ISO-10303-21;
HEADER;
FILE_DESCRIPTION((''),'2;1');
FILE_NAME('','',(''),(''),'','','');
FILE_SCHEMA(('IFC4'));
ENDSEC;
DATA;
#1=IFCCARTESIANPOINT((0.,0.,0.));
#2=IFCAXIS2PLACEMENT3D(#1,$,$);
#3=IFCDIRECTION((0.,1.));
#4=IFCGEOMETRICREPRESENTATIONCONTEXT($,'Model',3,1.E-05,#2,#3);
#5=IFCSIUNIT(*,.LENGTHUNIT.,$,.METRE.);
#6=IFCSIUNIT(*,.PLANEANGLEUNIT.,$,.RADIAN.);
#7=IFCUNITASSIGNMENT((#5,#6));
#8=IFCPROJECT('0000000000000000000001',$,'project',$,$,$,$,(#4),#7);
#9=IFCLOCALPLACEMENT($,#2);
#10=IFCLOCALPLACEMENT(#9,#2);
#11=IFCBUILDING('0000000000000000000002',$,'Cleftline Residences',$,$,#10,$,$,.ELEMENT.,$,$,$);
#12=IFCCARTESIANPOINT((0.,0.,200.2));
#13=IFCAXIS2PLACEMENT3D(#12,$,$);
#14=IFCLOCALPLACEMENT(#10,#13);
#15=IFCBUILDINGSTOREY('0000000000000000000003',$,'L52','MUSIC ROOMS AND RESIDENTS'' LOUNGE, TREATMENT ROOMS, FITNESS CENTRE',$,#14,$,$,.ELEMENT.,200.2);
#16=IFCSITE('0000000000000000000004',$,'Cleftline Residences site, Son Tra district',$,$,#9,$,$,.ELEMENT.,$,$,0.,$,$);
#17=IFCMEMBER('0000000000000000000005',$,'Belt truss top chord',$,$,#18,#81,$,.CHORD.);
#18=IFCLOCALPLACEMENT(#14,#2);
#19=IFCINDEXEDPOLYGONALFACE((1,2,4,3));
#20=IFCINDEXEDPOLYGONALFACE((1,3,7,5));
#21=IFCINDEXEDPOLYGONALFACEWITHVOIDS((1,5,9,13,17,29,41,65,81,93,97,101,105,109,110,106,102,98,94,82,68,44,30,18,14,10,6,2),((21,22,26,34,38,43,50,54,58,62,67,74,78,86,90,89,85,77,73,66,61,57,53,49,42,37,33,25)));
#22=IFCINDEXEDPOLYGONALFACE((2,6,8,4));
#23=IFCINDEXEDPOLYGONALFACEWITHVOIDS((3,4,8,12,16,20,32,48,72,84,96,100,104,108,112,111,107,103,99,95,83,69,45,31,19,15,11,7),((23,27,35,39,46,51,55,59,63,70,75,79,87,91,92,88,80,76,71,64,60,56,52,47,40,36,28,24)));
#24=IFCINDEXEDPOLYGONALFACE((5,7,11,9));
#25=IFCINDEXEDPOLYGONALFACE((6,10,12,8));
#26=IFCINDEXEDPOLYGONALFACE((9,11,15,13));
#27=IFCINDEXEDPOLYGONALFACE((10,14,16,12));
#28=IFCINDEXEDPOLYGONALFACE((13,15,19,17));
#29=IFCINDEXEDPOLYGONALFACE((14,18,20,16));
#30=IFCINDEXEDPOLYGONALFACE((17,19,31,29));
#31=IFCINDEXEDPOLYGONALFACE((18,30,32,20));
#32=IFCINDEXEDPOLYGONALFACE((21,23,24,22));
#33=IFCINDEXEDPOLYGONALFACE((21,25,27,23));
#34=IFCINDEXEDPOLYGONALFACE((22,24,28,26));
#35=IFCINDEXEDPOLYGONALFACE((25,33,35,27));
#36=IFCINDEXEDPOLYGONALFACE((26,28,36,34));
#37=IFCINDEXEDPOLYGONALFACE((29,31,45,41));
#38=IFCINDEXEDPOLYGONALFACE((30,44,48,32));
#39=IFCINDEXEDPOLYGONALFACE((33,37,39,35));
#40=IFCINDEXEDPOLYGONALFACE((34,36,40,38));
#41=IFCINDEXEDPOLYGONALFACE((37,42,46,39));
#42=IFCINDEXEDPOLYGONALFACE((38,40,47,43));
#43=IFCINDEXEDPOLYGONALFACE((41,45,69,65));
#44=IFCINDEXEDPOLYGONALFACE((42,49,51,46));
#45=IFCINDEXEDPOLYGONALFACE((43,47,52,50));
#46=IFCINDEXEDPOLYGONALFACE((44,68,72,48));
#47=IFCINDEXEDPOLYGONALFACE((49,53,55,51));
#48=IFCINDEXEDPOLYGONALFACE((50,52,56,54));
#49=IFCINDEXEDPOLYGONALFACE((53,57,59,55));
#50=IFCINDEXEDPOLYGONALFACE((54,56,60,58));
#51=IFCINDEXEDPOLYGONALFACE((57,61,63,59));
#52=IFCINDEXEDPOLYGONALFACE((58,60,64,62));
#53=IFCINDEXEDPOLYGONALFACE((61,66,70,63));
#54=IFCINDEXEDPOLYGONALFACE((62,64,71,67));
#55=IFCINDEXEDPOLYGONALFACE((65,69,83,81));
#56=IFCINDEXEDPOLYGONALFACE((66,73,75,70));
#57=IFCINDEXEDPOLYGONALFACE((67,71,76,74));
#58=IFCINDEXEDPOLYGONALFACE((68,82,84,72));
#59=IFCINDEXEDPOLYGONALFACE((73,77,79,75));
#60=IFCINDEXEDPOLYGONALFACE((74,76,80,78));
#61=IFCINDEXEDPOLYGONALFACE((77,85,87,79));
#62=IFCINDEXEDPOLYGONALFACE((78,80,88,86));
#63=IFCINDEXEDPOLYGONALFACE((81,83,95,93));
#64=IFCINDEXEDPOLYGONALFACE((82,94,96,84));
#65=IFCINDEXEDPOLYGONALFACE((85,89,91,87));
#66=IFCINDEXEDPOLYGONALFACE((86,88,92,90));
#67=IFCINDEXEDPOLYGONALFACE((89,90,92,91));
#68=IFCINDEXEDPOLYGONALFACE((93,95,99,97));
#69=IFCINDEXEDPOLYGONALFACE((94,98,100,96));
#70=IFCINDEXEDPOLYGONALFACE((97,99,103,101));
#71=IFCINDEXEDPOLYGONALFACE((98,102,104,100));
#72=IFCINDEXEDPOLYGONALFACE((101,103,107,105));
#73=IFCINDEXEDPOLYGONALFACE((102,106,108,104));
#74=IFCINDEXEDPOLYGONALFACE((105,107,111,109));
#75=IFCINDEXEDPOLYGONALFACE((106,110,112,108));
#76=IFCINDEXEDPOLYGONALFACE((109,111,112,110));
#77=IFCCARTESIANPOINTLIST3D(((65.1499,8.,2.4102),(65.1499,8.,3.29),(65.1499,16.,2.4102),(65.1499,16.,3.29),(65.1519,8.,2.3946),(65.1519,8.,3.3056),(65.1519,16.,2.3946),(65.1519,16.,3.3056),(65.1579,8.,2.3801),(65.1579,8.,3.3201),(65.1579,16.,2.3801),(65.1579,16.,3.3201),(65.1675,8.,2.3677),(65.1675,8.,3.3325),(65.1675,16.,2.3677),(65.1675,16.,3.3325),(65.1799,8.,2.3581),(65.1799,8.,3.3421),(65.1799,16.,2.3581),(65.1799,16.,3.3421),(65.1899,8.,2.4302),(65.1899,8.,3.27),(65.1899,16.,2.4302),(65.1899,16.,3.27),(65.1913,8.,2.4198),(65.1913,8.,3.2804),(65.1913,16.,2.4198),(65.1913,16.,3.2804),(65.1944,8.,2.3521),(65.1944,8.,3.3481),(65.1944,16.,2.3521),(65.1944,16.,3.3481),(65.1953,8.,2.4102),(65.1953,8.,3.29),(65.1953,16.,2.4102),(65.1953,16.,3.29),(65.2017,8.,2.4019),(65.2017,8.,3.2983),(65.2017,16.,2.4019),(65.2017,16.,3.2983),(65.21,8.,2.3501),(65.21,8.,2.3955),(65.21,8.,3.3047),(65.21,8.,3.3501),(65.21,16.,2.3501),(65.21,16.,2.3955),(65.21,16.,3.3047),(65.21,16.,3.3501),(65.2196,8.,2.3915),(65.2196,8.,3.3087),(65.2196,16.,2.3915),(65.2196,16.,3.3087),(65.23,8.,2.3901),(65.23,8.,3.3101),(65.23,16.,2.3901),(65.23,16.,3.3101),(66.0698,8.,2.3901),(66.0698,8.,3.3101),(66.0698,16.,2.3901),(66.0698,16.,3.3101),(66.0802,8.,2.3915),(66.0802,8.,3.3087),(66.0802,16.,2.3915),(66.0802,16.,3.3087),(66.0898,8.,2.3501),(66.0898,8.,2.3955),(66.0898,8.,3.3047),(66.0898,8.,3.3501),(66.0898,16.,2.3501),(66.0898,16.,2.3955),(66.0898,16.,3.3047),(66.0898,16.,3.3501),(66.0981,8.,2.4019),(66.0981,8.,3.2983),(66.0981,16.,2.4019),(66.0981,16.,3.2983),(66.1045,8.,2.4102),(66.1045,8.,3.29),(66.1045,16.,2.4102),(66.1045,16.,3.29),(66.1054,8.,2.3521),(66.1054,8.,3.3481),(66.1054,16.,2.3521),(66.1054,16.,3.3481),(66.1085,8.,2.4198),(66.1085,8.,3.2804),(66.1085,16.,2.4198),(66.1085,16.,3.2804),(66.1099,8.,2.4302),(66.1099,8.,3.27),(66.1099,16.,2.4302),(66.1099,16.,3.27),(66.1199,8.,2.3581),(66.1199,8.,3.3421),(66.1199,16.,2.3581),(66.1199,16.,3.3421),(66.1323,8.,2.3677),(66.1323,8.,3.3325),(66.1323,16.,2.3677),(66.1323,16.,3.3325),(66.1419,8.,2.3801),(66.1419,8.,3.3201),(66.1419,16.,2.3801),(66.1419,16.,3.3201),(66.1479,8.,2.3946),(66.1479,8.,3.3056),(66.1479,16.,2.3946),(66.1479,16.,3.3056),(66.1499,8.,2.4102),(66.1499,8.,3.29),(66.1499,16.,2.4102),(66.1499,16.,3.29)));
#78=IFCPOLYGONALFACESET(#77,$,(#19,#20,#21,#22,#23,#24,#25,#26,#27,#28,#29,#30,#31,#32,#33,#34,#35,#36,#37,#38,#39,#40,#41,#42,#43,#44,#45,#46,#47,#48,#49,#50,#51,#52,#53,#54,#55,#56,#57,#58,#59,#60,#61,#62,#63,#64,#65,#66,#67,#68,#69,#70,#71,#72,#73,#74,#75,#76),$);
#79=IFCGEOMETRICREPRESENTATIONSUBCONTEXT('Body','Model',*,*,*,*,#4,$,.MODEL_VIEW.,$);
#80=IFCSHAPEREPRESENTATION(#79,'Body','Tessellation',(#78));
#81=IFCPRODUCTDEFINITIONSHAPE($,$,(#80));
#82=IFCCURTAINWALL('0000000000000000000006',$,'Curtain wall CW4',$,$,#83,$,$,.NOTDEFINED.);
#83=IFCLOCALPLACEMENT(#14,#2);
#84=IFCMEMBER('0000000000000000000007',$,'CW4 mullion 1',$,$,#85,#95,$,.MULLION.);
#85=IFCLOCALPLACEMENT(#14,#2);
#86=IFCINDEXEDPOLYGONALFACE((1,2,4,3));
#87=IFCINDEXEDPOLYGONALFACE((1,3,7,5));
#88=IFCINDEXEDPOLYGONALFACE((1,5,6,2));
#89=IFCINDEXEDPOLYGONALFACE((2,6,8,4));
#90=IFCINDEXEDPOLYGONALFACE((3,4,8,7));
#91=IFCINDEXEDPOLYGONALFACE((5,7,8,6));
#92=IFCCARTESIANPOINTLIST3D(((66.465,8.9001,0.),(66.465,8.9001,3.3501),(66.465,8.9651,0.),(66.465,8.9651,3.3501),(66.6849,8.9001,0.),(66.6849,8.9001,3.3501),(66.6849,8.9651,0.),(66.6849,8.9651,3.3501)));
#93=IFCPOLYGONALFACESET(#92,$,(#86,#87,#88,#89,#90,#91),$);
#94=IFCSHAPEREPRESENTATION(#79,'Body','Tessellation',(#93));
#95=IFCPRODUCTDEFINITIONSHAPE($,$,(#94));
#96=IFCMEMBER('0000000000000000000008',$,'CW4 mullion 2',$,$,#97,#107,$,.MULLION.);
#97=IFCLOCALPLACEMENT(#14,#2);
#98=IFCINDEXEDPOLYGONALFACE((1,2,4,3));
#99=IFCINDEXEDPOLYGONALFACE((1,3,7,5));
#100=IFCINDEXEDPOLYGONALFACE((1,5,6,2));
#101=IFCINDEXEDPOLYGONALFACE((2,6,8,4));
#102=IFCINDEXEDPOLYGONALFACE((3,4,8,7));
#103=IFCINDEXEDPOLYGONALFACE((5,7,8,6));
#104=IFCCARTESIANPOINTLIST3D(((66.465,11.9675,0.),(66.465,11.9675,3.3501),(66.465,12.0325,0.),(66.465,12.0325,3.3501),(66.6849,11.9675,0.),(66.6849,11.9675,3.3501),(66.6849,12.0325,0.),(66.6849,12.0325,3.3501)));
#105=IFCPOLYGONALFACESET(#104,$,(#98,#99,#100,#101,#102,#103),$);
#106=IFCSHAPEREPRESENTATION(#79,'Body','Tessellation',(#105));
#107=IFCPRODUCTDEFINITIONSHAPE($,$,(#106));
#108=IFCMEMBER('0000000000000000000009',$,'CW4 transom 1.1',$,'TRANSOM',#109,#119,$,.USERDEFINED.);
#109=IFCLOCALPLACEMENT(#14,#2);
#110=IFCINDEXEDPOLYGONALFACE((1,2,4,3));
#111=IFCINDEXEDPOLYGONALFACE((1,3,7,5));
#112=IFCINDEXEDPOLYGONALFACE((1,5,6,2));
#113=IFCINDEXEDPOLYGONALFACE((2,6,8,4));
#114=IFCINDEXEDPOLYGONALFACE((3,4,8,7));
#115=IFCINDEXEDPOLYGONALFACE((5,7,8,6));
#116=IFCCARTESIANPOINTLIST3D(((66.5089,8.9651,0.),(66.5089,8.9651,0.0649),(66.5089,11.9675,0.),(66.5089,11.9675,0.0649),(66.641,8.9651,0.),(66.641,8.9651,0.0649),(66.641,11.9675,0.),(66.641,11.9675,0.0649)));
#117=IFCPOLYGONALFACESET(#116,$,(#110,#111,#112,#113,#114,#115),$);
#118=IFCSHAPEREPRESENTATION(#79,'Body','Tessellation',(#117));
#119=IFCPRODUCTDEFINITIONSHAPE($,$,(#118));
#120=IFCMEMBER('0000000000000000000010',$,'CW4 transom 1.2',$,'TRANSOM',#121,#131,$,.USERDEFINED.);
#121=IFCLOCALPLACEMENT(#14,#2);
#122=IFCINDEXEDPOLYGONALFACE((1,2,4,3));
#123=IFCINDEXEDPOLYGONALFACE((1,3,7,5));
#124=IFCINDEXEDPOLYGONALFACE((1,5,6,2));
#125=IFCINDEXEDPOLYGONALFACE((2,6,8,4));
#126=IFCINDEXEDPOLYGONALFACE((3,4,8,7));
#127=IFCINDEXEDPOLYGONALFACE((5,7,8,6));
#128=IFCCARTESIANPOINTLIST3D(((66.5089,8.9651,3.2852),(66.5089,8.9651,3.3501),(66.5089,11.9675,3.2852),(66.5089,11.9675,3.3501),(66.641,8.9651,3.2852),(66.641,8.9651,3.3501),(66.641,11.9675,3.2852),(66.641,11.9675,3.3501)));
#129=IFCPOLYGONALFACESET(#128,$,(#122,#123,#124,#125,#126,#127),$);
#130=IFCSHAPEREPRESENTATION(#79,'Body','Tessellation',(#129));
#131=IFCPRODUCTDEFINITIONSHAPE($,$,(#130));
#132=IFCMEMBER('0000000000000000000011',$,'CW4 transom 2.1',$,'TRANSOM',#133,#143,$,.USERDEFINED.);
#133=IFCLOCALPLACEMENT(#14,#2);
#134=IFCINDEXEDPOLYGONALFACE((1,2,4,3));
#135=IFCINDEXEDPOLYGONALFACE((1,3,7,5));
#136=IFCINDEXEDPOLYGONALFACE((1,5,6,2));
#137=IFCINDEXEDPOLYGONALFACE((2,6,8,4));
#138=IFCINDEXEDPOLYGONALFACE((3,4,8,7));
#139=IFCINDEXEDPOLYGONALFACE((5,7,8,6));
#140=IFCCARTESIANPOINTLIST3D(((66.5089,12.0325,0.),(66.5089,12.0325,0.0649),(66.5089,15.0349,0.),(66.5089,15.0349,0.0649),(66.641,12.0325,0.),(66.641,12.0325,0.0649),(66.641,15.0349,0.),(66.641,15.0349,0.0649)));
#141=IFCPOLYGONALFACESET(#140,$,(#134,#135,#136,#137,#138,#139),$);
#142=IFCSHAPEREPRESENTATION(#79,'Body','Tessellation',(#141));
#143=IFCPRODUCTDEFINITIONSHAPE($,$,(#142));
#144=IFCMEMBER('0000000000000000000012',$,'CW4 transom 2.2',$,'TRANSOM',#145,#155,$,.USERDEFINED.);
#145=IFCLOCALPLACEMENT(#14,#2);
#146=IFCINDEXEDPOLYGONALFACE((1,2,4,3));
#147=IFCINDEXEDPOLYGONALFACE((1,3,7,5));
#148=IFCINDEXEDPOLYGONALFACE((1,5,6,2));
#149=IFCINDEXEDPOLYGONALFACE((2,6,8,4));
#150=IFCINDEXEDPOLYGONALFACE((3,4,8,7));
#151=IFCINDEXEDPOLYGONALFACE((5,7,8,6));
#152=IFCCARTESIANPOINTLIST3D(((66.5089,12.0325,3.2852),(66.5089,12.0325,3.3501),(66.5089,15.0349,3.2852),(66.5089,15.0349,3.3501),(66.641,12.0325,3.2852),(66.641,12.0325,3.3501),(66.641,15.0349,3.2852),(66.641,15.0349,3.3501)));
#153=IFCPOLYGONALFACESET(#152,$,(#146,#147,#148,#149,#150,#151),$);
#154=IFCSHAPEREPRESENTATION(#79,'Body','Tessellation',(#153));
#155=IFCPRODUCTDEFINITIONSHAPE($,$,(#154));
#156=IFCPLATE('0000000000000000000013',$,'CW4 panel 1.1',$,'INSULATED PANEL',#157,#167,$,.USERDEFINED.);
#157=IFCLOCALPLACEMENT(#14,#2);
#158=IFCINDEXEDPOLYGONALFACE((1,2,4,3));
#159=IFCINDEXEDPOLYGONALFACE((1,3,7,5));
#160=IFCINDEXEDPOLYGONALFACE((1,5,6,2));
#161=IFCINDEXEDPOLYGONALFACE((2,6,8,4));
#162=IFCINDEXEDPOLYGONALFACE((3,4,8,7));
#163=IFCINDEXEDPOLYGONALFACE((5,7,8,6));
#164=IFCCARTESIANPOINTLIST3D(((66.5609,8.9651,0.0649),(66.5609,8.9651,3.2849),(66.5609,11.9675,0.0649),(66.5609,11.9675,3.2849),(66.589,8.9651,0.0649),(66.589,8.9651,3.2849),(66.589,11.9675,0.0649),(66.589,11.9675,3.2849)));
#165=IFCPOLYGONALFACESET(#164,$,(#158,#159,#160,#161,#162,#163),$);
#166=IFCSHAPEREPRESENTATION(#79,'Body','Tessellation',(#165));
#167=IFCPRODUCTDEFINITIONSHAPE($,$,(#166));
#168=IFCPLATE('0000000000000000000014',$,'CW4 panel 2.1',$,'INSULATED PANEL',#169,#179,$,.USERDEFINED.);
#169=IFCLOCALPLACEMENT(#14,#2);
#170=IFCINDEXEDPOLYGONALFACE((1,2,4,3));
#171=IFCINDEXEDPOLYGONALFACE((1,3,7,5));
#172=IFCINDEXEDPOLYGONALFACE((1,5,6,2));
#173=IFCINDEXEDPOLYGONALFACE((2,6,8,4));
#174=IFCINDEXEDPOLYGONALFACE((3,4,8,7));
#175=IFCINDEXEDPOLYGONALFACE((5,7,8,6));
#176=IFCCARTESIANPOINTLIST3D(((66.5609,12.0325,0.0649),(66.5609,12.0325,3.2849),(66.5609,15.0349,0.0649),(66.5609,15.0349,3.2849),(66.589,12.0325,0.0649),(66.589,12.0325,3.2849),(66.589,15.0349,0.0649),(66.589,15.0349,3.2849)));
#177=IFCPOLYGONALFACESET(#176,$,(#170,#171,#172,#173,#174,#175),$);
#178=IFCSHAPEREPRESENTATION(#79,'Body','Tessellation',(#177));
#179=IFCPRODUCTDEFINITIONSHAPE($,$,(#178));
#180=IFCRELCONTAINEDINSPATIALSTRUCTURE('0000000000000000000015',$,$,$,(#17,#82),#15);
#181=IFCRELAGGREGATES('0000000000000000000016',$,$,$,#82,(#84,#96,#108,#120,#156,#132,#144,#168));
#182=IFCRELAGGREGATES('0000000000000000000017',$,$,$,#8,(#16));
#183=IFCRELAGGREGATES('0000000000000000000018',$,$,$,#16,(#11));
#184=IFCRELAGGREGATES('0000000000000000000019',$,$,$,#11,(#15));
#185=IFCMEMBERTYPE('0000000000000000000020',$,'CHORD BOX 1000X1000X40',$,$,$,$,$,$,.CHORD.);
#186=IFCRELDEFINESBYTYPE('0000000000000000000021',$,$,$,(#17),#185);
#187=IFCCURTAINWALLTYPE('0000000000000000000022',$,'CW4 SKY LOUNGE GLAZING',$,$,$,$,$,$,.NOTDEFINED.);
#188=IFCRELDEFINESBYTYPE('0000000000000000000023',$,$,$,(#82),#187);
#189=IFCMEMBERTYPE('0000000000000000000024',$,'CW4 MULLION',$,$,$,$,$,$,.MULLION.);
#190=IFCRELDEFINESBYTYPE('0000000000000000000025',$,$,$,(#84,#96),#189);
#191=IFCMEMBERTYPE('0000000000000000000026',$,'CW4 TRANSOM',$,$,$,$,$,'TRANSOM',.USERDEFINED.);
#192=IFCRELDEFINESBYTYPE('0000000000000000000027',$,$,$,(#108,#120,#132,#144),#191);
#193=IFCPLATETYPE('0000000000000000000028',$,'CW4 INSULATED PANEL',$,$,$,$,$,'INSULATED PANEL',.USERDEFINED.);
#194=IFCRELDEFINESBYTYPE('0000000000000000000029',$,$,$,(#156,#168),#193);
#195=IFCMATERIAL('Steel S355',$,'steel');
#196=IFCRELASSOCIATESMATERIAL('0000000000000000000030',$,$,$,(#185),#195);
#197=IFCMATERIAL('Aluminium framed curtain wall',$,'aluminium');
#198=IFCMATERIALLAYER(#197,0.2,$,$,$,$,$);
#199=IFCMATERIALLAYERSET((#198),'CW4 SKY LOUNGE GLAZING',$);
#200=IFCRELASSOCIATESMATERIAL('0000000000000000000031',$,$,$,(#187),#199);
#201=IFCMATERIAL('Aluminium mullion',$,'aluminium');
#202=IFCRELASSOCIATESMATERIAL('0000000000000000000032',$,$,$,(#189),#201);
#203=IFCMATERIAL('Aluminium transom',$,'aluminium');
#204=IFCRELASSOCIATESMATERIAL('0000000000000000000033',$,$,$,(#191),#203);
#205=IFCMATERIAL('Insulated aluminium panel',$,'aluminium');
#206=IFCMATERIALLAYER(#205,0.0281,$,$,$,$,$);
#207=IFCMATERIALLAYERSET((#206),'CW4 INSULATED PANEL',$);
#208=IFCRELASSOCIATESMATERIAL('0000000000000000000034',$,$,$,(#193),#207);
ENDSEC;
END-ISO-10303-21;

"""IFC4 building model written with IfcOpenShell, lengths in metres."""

from ifc_helpers import new_model, si_unit, direction, frame, origin, origin_2d, place, context, subcontext, project, spatial, rectangle, hollow_rectangle, extrude, material, layer, layer_set, material_profile, profile_set, type_object, element, aggregate, save


model = new_model("IFC4")

# Units and contexts
model_context = context("Model", 3, precision=1e-05, world=origin(), true_north=direction((0.0, 1.0)))
body_context = subcontext(model_context, "Body", "Model", "MODEL_VIEW")
ifc_project = project(units=[si_unit("LENGTHUNIT", "METRE"), si_unit("PLANEANGLEUNIT", "RADIAN")], contexts=[model_context])

# Site, building, storey
site_placement = place(None, origin())
site = spatial("IfcSite", under=ifc_project, at=site_placement, Name="Cleftline Residences site, Son Tra district", CompositionType="ELEMENT", RefElevation=0.0)
building_placement = place(site_placement, origin())
building = spatial("IfcBuilding", under=site, at=building_placement, Name="Cleftline Residences", CompositionType="ELEMENT")
storey_placement = place(building_placement, frame((0.0, 0.0, 200.2)))
storey = spatial("IfcBuildingStorey", under=building, at=storey_placement, Name="L52", Description="MUSIC ROOMS AND RESIDENTS' LOUNGE, TREATMENT ROOMS, FITNESS CENTRE", CompositionType="ELEMENT", Elevation=200.2)

# Member
ifc_material_1 = material(Name="Steel S355", Category="steel")
ifc_material_profile_1 = material_profile(ifc_material_1, hollow_rectangle(XDim=1.0, YDim=1.0, WallThickness=0.04, InnerFilletRadius=0.04, OuterFilletRadius=0.0601, at=origin_2d()))
ifc_profile_set_1 = profile_set([ifc_material_profile_1], Name="Steel S355")
member_type_1 = type_object("IfcMemberType", Name="CHORD BOX 1000X1000X40", PredefinedType="CHORD", material=ifc_profile_set_1)
for number, where, z_axis, x_axis, name in (
    (1, (65.6499, 8.0, 2.8501), (0.0, 1.0, 0.0), (-1.0, 0.0, 0.0), "Belt truss top chord"),
):
    element("IfcMember", number, at=place(storey_placement, frame(where, z_axis=z_axis, x_axis=x_axis)), inside=storey, type_object=member_type_1, Name=name, PredefinedType="CHORD", context=body_context, shape_type="SweptSolid", body=[
        extrude(hollow_rectangle(XDim=1.0, YDim=1.0, WallThickness=0.04, InnerFilletRadius=0.04, OuterFilletRadius=0.0601, at=origin_2d()), origin(), (0.0, 0.0, 1.0), 8.0),
    ])

# Curtain wall, members, plates
ifc_material_2 = material(Name="Aluminium framed curtain wall", Category="aluminium")
ifc_layer_1 = layer(ifc_material_2, 0.2)
ifc_layer_set_1 = layer_set([ifc_layer_1], Name="CW4 SKY LOUNGE GLAZING")
curtain_wall_type = type_object("IfcCurtainWallType", Name="CW4 SKY LOUNGE GLAZING", PredefinedType="NOTDEFINED", material=ifc_layer_set_1)
curtain_wall_placement = place(storey_placement, origin())
curtain_wall = element("IfcCurtainWall", 2, at=curtain_wall_placement, inside=storey, type_object=curtain_wall_type, Name="Curtain wall CW4", PredefinedType="NOTDEFINED")
ifc_material_3 = material(Name="Aluminium mullion", Category="aluminium")
ifc_material_profile_2 = material_profile(ifc_material_3, rectangle(XDim=0.22, YDim=0.0649, at=origin_2d()))
ifc_profile_set_2 = profile_set([ifc_material_profile_2], Name="Aluminium mullion")
member_type_2 = type_object("IfcMemberType", Name="CW4 MULLION", PredefinedType="MULLION", material=ifc_profile_set_2)
member_1_placement = place(storey_placement, frame((66.575, 8.9326, 0.0), z_axis=(0.0, 0.0, 1.0), x_axis=(-1.0, 0.0, 0.0)))
member_1 = element("IfcMember", 3, at=member_1_placement, type_object=member_type_2, Name="CW4 mullion 1", PredefinedType="MULLION", context=body_context, shape_type="SweptSolid", body=[
    extrude(rectangle(XDim=0.22, YDim=0.0649, at=origin_2d()), origin(), (0.0, 0.0, 1.0), 3.3501),
])
member_2_placement = place(storey_placement, frame((66.575, 12.0, 0.0), z_axis=(0.0, 0.0, 1.0), x_axis=(-1.0, 0.0, 0.0)))
member_2 = element("IfcMember", 4, at=member_2_placement, type_object=member_type_2, Name="CW4 mullion 2", PredefinedType="MULLION", context=body_context, shape_type="SweptSolid", body=[
    extrude(rectangle(XDim=0.22, YDim=0.0649, at=origin_2d()), origin(), (0.0, 0.0, 1.0), 3.3501),
])
ifc_material_4 = material(Name="Aluminium transom", Category="aluminium")
ifc_material_profile_3 = material_profile(ifc_material_4, rectangle(XDim=0.1321, YDim=0.0649, at=origin_2d()))
ifc_profile_set_3 = profile_set([ifc_material_profile_3], Name="Aluminium transom")
member_type_3 = type_object("IfcMemberType", Name="CW4 TRANSOM", ElementType="TRANSOM", PredefinedType="USERDEFINED", material=ifc_profile_set_3)
member_3_placement = place(storey_placement, frame((66.575, 8.9651, 0.0325), z_axis=(0.0, 1.0, 0.0), x_axis=(-1.0, 0.0, 0.0)))
member_3 = element("IfcMember", 5, at=member_3_placement, type_object=member_type_3, Name="CW4 transom 1.1", ObjectType="TRANSOM", PredefinedType="USERDEFINED", context=body_context, shape_type="SweptSolid", body=[
    extrude(rectangle(XDim=0.1321, YDim=0.0649, at=origin_2d()), origin(), (0.0, 0.0, 1.0), 3.0024),
])
member_4_placement = place(storey_placement, frame((66.575, 8.9651, 3.3176), z_axis=(0.0, 1.0, 0.0), x_axis=(-1.0, 0.0, 0.0)))
member_4 = element("IfcMember", 6, at=member_4_placement, type_object=member_type_3, Name="CW4 transom 1.2", ObjectType="TRANSOM", PredefinedType="USERDEFINED", context=body_context, shape_type="SweptSolid", body=[
    extrude(rectangle(XDim=0.1321, YDim=0.0649, at=origin_2d()), origin(), (0.0, 0.0, 1.0), 3.0024),
])
member_5_placement = place(storey_placement, frame((66.575, 12.0325, 0.0325), z_axis=(0.0, 1.0, 0.0), x_axis=(-1.0, 0.0, 0.0)))
member_5 = element("IfcMember", 7, at=member_5_placement, type_object=member_type_3, Name="CW4 transom 2.1", ObjectType="TRANSOM", PredefinedType="USERDEFINED", context=body_context, shape_type="SweptSolid", body=[
    extrude(rectangle(XDim=0.1321, YDim=0.0649, at=origin_2d()), origin(), (0.0, 0.0, 1.0), 3.0024),
])
member_6_placement = place(storey_placement, frame((66.575, 12.0325, 3.3176), z_axis=(0.0, 1.0, 0.0), x_axis=(-1.0, 0.0, 0.0)))
member_6 = element("IfcMember", 8, at=member_6_placement, type_object=member_type_3, Name="CW4 transom 2.2", ObjectType="TRANSOM", PredefinedType="USERDEFINED", context=body_context, shape_type="SweptSolid", body=[
    extrude(rectangle(XDim=0.1321, YDim=0.0649, at=origin_2d()), origin(), (0.0, 0.0, 1.0), 3.0024),
])
ifc_material_5 = material(Name="Insulated aluminium panel", Category="aluminium")
ifc_layer_2 = layer(ifc_material_5, 0.0281)
ifc_layer_set_2 = layer_set([ifc_layer_2], Name="CW4 INSULATED PANEL")
plate_type = type_object("IfcPlateType", Name="CW4 INSULATED PANEL", ElementType="INSULATED PANEL", PredefinedType="USERDEFINED", material=ifc_layer_set_2)
plate_1_placement = place(storey_placement, frame((66.575, 10.4663, 0.0649), z_axis=(0.0, 0.0, 1.0), x_axis=(0.0, 1.0, 0.0)))
plate_1 = element("IfcPlate", 9, at=plate_1_placement, type_object=plate_type, Name="CW4 panel 1.1", ObjectType="INSULATED PANEL", PredefinedType="USERDEFINED", context=body_context, shape_type="SweptSolid", body=[
    extrude(rectangle(XDim=3.0024, YDim=0.0281, at=origin_2d()), origin(), (0.0, 0.0, 1.0), 3.22),
])
plate_2_placement = place(storey_placement, frame((66.575, 13.5337, 0.0649), z_axis=(0.0, 0.0, 1.0), x_axis=(0.0, 1.0, 0.0)))
plate_2 = element("IfcPlate", 10, at=plate_2_placement, type_object=plate_type, Name="CW4 panel 2.1", ObjectType="INSULATED PANEL", PredefinedType="USERDEFINED", context=body_context, shape_type="SweptSolid", body=[
    extrude(rectangle(XDim=3.0024, YDim=0.0281, at=origin_2d()), origin(), (0.0, 0.0, 1.0), 3.22),
])
aggregate(curtain_wall, [member_1, member_2, member_3, member_4, plate_1, member_5, member_6, plate_2])

save(model, "model.ifc")
